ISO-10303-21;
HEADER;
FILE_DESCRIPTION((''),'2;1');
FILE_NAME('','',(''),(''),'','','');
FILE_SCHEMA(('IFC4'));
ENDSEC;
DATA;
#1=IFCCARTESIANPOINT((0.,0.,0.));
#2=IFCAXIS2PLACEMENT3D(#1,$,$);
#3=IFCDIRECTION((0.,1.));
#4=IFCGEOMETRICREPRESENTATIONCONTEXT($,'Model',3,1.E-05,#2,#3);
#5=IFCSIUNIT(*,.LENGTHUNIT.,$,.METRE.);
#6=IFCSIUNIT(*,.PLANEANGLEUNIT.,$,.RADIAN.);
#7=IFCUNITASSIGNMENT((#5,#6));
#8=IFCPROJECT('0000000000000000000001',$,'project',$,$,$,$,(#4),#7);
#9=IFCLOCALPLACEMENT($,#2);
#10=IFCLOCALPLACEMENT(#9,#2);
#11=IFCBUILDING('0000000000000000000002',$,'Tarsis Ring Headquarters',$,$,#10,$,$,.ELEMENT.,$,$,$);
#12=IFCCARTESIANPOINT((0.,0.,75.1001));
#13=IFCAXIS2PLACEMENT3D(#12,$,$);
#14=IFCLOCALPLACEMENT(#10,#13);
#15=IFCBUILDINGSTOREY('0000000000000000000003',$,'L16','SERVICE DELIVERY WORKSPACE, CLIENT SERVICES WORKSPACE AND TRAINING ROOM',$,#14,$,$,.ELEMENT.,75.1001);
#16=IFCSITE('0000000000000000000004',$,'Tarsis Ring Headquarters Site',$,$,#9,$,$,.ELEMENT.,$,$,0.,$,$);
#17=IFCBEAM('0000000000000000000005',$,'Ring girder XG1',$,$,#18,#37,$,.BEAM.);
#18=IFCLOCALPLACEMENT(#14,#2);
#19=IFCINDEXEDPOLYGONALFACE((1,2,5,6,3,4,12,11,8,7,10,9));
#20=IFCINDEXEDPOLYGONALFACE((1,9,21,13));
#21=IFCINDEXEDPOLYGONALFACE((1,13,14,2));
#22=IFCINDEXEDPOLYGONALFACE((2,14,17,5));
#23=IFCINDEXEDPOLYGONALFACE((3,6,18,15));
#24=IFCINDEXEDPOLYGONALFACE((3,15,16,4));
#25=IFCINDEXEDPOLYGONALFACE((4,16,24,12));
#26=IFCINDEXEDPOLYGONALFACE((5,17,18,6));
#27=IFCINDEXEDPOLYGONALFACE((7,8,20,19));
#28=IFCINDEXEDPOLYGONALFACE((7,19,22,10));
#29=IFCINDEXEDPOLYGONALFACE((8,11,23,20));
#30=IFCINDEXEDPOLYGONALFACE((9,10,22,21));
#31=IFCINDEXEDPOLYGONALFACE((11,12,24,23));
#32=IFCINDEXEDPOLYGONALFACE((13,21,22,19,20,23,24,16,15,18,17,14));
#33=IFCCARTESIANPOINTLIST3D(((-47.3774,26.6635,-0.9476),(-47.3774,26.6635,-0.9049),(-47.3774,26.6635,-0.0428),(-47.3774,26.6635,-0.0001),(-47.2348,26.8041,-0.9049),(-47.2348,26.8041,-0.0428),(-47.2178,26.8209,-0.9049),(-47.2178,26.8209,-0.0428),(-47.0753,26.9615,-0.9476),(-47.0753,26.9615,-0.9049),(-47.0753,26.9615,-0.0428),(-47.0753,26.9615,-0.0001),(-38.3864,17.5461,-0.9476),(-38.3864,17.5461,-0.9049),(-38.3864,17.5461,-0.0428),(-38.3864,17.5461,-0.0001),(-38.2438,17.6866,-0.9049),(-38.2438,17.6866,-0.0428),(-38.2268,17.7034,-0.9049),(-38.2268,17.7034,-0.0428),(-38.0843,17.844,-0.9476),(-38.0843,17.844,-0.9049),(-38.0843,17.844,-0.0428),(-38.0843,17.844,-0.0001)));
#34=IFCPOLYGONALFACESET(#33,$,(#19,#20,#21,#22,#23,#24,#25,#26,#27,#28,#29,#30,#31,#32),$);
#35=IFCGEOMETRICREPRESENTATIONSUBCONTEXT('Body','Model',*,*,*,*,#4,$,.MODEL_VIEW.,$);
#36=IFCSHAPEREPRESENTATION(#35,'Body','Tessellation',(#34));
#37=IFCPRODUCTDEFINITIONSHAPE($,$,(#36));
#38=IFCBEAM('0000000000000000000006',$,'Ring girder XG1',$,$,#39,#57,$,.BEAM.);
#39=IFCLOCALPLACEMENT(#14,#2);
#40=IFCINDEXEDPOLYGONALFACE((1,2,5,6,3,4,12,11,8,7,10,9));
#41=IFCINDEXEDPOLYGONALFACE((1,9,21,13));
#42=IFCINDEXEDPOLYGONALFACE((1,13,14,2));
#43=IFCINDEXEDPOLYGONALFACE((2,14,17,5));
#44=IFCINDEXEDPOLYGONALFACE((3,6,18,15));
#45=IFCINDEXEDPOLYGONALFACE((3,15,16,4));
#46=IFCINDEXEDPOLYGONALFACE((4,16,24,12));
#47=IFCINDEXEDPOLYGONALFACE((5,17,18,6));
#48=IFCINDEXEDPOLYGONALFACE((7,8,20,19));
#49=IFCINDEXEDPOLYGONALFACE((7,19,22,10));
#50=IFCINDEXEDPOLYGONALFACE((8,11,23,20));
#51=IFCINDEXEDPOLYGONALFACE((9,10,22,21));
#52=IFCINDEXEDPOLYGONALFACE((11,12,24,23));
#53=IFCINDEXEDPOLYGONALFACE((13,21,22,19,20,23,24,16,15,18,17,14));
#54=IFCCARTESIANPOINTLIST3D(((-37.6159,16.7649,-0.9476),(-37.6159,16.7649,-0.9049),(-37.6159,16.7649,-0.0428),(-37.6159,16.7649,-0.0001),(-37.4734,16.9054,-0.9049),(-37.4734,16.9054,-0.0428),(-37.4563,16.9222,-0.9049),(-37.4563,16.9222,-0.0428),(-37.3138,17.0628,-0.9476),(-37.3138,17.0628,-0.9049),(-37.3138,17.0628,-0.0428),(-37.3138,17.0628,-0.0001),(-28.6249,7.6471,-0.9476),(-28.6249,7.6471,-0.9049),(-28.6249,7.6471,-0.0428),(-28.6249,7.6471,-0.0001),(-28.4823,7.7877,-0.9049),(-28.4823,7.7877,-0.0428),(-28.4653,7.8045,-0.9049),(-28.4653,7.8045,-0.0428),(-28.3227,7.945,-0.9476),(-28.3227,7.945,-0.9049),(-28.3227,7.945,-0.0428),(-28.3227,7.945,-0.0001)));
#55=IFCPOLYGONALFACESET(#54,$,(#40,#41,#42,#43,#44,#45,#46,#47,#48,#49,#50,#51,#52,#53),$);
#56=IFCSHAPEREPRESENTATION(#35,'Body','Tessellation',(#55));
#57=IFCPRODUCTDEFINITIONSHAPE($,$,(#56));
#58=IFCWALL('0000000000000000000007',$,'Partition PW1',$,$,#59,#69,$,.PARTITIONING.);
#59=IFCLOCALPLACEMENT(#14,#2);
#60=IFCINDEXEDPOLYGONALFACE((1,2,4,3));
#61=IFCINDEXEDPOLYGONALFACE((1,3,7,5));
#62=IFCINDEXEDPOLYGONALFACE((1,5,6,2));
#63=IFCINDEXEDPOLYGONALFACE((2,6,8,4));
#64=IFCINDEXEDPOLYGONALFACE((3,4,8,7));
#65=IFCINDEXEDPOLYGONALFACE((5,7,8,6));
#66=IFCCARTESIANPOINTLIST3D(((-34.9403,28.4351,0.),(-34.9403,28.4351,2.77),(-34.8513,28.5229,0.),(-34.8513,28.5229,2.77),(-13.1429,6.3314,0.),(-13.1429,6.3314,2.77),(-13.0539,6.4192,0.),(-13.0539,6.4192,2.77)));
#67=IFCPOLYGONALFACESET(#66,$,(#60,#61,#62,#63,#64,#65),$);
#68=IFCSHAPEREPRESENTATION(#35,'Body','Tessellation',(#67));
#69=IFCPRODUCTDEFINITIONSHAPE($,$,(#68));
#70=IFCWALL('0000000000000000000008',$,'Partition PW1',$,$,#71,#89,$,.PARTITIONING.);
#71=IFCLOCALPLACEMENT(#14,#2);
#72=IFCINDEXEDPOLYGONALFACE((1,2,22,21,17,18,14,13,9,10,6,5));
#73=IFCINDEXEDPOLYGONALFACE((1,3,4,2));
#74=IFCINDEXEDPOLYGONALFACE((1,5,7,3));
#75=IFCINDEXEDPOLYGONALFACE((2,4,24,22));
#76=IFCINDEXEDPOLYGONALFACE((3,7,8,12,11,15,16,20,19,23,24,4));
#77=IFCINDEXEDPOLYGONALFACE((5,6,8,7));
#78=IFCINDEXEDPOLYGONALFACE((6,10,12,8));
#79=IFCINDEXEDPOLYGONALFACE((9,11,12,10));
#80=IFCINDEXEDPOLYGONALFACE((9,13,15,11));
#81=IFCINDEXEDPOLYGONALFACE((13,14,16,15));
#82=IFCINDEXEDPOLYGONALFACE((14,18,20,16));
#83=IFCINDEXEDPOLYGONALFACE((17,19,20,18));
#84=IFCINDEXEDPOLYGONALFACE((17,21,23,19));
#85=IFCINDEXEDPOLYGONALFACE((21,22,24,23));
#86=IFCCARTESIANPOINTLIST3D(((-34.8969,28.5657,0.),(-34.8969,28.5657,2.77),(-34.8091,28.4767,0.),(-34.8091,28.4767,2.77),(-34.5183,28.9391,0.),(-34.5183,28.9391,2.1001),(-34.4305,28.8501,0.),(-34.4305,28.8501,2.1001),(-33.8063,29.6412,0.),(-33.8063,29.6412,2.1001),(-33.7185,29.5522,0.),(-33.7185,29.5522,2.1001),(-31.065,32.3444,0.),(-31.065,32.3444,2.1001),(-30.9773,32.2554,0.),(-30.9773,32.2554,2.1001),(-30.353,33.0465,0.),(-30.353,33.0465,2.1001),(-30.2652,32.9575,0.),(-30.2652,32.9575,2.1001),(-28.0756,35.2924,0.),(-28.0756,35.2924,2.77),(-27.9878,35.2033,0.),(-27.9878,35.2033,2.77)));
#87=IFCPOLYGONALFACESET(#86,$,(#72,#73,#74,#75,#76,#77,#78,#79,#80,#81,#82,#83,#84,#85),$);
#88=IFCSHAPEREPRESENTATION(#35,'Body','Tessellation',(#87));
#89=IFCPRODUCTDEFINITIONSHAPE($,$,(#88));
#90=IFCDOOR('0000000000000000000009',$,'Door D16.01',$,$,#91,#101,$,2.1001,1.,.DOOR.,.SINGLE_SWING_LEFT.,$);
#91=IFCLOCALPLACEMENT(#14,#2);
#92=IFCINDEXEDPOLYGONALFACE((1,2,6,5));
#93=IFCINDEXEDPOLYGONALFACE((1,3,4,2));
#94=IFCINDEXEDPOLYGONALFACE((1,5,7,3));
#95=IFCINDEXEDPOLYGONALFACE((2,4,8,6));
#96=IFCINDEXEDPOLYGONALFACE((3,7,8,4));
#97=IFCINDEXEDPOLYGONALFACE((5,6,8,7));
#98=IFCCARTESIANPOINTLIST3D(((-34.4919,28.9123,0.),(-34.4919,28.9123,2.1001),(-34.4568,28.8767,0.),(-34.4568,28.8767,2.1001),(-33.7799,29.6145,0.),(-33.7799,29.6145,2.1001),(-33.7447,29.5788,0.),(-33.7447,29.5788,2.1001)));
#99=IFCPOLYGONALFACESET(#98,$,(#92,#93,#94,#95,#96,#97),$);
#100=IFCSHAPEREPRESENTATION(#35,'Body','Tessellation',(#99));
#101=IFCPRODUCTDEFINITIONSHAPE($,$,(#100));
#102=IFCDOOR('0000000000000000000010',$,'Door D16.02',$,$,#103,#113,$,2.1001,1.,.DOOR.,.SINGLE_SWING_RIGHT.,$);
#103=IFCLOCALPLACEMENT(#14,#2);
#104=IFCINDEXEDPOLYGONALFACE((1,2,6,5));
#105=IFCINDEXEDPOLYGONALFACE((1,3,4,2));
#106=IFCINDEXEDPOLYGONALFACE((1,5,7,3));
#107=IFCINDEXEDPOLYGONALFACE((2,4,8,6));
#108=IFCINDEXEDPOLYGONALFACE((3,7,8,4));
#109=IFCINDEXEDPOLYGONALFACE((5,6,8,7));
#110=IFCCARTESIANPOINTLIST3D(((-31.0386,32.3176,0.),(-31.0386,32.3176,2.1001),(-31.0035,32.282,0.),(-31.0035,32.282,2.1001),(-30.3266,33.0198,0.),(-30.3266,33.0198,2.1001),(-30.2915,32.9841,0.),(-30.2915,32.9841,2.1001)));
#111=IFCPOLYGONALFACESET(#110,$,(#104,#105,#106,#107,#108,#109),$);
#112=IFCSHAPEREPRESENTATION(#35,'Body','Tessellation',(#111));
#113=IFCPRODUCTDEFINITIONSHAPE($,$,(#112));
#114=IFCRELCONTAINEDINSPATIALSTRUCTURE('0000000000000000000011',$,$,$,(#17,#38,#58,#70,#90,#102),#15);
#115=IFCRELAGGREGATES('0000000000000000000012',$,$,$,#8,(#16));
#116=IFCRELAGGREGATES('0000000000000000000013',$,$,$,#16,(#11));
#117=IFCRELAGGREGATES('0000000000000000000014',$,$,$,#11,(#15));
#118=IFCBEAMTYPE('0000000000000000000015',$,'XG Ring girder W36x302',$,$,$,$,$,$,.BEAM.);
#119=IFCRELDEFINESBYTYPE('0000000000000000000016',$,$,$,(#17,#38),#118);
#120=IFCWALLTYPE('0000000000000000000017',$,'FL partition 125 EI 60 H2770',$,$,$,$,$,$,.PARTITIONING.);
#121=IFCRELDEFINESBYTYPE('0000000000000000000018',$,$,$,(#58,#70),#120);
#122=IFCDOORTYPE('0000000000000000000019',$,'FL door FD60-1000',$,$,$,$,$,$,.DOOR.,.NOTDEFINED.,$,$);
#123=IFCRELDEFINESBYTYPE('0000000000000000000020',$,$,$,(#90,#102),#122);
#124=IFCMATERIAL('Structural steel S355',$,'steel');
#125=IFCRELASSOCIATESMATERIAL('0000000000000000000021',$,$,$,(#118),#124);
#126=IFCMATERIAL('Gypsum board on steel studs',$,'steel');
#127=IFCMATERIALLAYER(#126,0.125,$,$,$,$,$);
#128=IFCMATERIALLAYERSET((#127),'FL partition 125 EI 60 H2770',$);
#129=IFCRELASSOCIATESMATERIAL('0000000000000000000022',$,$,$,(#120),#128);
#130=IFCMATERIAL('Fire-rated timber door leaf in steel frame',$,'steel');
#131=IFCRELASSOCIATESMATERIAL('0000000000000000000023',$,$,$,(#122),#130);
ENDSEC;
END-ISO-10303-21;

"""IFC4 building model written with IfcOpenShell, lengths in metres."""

from ifc_helpers import new_model, si_unit, direction, frame, frame_2d, origin, origin_2d, place, context, subcontext, project, spatial, rectangle, i_section, extrude, material, layer, layer_set, material_profile, profile_set, type_object, element, fill, save


model = new_model("IFC4")

# Units and contexts
model_context = context("Model", 3, precision=1e-05, world=origin(), true_north=direction((0.0, 1.0)))
body_context = subcontext(model_context, "Body", "Model", "MODEL_VIEW")
ifc_project = project(units=[si_unit("LENGTHUNIT", "METRE"), si_unit("PLANEANGLEUNIT", "RADIAN")], contexts=[model_context])

# Site, building, storey
site_placement = place(None, origin())
site = spatial("IfcSite", under=ifc_project, at=site_placement, Name="Tarsis Ring Headquarters Site", CompositionType="ELEMENT", RefElevation=0.0)
building_placement = place(site_placement, origin())
building = spatial("IfcBuilding", under=site, at=building_placement, Name="Tarsis Ring Headquarters", CompositionType="ELEMENT")
storey_placement = place(building_placement, frame((0.0, 0.0, 75.1001)))
storey = spatial("IfcBuildingStorey", under=building, at=storey_placement, Name="L16", Description="SERVICE DELIVERY WORKSPACE, CLIENT SERVICES WORKSPACE AND TRAINING ROOM", CompositionType="ELEMENT", Elevation=75.1001)

# Beams
ifc_material_1 = material(Name="Structural steel S355", Category="steel")
ifc_material_profile_1 = material_profile(ifc_material_1, i_section(OverallWidth=0.4243, OverallDepth=0.9475, WebThickness=0.0239, FlangeThickness=0.0427, at=origin_2d()), Name="W36x302")
ifc_profile_set_1 = profile_set([ifc_material_profile_1], Name="Structural steel S355")
beam_type = type_object("IfcBeamType", Name="XG Ring girder W36x302", PredefinedType="BEAM", material=ifc_profile_set_1)
beam_1_placement = place(storey_placement, frame((-47.2263, 26.8125, -0.4739), z_axis=(0.702151, -0.712028, 0.0), x_axis=(0.712028, 0.702151, 0.0)))
element("IfcBeam", 1, at=beam_1_placement, inside=storey, type_object=beam_type, Name="Ring girder XG1", PredefinedType="BEAM", context=body_context, shape_type="SweptSolid", body=[
    extrude(i_section(OverallWidth=0.4243, OverallDepth=0.9475, WebThickness=0.0239, FlangeThickness=0.0427, at=origin_2d()), origin(), (0.0, 0.0, 1.0), 12.8049),
])
beam_2_placement = place(storey_placement, frame((-37.4648, 16.9138, -0.4739), z_axis=(0.702142, -0.712037, 0.0), x_axis=(0.712037, 0.702142, 0.0)))
element("IfcBeam", 2, at=beam_2_placement, inside=storey, type_object=beam_type, Name="Ring girder XG1", PredefinedType="BEAM", context=body_context, shape_type="SweptSolid", body=[
    extrude(i_section(OverallWidth=0.4243, OverallDepth=0.9475, WebThickness=0.0239, FlangeThickness=0.0427, at=origin_2d()), origin(), (0.0, 0.0, 1.0), 12.8052),
])

# Wall
ifc_material_2 = material(Name="Gypsum board on steel studs", Category="steel")
ifc_layer_1 = layer(ifc_material_2, 0.125)
ifc_layer_set_1 = layer_set([ifc_layer_1], Name="FL partition 125 EI 60 H2770")
wall_type_1 = type_object("IfcWallType", Name="FL partition 125 EI 60 H2770", PredefinedType="PARTITIONING", material=ifc_layer_set_1)
wall_1_placement = place(storey_placement, frame((-34.8958, 28.479, 0.0), z_axis=(0.0, 0.0, 1.0), x_axis=(0.702155, -0.712025, 0.0)))
element("IfcWall", 3, at=wall_1_placement, inside=storey, type_object=wall_type_1, Name="Partition PW1", PredefinedType="PARTITIONING", context=body_context, shape_type="SweptSolid", body=[
    extrude(rectangle(XDim=31.0435, YDim=0.125, at=frame_2d((15.5217, 0.0))), origin(), (0.0, 0.0, 1.0), 2.77),
])

# Wall, openings, doors
wall_2_placement = place(storey_placement, frame((-34.853, 28.5212, 0.0), z_axis=(0.0, 0.0, 1.0), x_axis=(0.712033, 0.702146, 0.0)))
wall_2 = element("IfcWall", 4, at=wall_2_placement, inside=storey, type_object=wall_type_1, Name="Partition PW1", PredefinedType="PARTITIONING", context=body_context, shape_type="SweptSolid", body=[
    extrude(rectangle(XDim=9.5801, YDim=0.125, at=frame_2d((4.79, 0.0))), origin(), (0.0, 0.0, 1.0), 2.77),
])
opening_1_placement = place(wall_2_placement, frame((0.5317, 0.0, 0.0)))
opening_1 = element("IfcOpeningElement", 5, at=opening_1_placement, cuts=wall_2, PredefinedType="OPENING", context=body_context, shape_type="SweptSolid", body=[
    extrude(rectangle(XDim=1.0, YDim=2.1001, at=frame_2d((0.5, 1.05))), frame((0.0, 0.0725, 0.0), z_axis=(0.0, -1.0, 0.0), x_axis=(1.0, 0.0, 0.0)), (0.0, 0.0, 1.0), 0.145),
])
opening_2_placement = place(wall_2_placement, frame((5.3816, 0.0, 0.0)))
opening_2 = element("IfcOpeningElement", 6, at=opening_2_placement, cuts=wall_2, PredefinedType="OPENING", context=body_context, shape_type="SweptSolid", body=[
    extrude(rectangle(XDim=1.0, YDim=2.1001, at=frame_2d((0.5, 1.05))), frame((0.0, 0.0725, 0.0), z_axis=(0.0, -1.0, 0.0), x_axis=(1.0, 0.0, 0.0)), (0.0, 0.0, 1.0), 0.145),
])
ifc_material_3 = material(Name="Fire-rated timber door leaf in steel frame", Category="steel")
door_type = type_object("IfcDoorType", Name="FL door FD60-1000", OperationType="NOTDEFINED", PredefinedType="DOOR", material=ifc_material_3)
door_1_placement = place(opening_1_placement, origin())
door_1 = element("IfcDoor", 7, at=door_1_placement, inside=storey, type_object=door_type, Name="Door D16.01", OperationType="SINGLE_SWING_LEFT", OverallHeight=2.1001, OverallWidth=1.0, PredefinedType="DOOR", context=body_context, shape_type="SweptSolid", body=[
    extrude(rectangle(XDim=1.0, YDim=2.1001, at=frame_2d((0.5, 1.05))), frame((0.0, 0.0249, 0.0), z_axis=(0.0, -1.0, 0.0), x_axis=(1.0, 0.0, 0.0)), (0.0, 0.0, 1.0), 0.05),
])
fill(opening_1, door_1)
door_2_placement = place(opening_2_placement, origin())
door_2 = element("IfcDoor", 8, at=door_2_placement, inside=storey, type_object=door_type, Name="Door D16.02", OperationType="SINGLE_SWING_RIGHT", OverallHeight=2.1001, OverallWidth=1.0, PredefinedType="DOOR", context=body_context, shape_type="SweptSolid", body=[
    extrude(rectangle(XDim=1.0, YDim=2.1001, at=frame_2d((0.5, 1.05))), frame((0.0, 0.0249, 0.0), z_axis=(0.0, -1.0, 0.0), x_axis=(1.0, 0.0, 0.0)), (0.0, 0.0, 1.0), 0.05),
])
fill(opening_2, door_2)

save(model, "model.ifc")
